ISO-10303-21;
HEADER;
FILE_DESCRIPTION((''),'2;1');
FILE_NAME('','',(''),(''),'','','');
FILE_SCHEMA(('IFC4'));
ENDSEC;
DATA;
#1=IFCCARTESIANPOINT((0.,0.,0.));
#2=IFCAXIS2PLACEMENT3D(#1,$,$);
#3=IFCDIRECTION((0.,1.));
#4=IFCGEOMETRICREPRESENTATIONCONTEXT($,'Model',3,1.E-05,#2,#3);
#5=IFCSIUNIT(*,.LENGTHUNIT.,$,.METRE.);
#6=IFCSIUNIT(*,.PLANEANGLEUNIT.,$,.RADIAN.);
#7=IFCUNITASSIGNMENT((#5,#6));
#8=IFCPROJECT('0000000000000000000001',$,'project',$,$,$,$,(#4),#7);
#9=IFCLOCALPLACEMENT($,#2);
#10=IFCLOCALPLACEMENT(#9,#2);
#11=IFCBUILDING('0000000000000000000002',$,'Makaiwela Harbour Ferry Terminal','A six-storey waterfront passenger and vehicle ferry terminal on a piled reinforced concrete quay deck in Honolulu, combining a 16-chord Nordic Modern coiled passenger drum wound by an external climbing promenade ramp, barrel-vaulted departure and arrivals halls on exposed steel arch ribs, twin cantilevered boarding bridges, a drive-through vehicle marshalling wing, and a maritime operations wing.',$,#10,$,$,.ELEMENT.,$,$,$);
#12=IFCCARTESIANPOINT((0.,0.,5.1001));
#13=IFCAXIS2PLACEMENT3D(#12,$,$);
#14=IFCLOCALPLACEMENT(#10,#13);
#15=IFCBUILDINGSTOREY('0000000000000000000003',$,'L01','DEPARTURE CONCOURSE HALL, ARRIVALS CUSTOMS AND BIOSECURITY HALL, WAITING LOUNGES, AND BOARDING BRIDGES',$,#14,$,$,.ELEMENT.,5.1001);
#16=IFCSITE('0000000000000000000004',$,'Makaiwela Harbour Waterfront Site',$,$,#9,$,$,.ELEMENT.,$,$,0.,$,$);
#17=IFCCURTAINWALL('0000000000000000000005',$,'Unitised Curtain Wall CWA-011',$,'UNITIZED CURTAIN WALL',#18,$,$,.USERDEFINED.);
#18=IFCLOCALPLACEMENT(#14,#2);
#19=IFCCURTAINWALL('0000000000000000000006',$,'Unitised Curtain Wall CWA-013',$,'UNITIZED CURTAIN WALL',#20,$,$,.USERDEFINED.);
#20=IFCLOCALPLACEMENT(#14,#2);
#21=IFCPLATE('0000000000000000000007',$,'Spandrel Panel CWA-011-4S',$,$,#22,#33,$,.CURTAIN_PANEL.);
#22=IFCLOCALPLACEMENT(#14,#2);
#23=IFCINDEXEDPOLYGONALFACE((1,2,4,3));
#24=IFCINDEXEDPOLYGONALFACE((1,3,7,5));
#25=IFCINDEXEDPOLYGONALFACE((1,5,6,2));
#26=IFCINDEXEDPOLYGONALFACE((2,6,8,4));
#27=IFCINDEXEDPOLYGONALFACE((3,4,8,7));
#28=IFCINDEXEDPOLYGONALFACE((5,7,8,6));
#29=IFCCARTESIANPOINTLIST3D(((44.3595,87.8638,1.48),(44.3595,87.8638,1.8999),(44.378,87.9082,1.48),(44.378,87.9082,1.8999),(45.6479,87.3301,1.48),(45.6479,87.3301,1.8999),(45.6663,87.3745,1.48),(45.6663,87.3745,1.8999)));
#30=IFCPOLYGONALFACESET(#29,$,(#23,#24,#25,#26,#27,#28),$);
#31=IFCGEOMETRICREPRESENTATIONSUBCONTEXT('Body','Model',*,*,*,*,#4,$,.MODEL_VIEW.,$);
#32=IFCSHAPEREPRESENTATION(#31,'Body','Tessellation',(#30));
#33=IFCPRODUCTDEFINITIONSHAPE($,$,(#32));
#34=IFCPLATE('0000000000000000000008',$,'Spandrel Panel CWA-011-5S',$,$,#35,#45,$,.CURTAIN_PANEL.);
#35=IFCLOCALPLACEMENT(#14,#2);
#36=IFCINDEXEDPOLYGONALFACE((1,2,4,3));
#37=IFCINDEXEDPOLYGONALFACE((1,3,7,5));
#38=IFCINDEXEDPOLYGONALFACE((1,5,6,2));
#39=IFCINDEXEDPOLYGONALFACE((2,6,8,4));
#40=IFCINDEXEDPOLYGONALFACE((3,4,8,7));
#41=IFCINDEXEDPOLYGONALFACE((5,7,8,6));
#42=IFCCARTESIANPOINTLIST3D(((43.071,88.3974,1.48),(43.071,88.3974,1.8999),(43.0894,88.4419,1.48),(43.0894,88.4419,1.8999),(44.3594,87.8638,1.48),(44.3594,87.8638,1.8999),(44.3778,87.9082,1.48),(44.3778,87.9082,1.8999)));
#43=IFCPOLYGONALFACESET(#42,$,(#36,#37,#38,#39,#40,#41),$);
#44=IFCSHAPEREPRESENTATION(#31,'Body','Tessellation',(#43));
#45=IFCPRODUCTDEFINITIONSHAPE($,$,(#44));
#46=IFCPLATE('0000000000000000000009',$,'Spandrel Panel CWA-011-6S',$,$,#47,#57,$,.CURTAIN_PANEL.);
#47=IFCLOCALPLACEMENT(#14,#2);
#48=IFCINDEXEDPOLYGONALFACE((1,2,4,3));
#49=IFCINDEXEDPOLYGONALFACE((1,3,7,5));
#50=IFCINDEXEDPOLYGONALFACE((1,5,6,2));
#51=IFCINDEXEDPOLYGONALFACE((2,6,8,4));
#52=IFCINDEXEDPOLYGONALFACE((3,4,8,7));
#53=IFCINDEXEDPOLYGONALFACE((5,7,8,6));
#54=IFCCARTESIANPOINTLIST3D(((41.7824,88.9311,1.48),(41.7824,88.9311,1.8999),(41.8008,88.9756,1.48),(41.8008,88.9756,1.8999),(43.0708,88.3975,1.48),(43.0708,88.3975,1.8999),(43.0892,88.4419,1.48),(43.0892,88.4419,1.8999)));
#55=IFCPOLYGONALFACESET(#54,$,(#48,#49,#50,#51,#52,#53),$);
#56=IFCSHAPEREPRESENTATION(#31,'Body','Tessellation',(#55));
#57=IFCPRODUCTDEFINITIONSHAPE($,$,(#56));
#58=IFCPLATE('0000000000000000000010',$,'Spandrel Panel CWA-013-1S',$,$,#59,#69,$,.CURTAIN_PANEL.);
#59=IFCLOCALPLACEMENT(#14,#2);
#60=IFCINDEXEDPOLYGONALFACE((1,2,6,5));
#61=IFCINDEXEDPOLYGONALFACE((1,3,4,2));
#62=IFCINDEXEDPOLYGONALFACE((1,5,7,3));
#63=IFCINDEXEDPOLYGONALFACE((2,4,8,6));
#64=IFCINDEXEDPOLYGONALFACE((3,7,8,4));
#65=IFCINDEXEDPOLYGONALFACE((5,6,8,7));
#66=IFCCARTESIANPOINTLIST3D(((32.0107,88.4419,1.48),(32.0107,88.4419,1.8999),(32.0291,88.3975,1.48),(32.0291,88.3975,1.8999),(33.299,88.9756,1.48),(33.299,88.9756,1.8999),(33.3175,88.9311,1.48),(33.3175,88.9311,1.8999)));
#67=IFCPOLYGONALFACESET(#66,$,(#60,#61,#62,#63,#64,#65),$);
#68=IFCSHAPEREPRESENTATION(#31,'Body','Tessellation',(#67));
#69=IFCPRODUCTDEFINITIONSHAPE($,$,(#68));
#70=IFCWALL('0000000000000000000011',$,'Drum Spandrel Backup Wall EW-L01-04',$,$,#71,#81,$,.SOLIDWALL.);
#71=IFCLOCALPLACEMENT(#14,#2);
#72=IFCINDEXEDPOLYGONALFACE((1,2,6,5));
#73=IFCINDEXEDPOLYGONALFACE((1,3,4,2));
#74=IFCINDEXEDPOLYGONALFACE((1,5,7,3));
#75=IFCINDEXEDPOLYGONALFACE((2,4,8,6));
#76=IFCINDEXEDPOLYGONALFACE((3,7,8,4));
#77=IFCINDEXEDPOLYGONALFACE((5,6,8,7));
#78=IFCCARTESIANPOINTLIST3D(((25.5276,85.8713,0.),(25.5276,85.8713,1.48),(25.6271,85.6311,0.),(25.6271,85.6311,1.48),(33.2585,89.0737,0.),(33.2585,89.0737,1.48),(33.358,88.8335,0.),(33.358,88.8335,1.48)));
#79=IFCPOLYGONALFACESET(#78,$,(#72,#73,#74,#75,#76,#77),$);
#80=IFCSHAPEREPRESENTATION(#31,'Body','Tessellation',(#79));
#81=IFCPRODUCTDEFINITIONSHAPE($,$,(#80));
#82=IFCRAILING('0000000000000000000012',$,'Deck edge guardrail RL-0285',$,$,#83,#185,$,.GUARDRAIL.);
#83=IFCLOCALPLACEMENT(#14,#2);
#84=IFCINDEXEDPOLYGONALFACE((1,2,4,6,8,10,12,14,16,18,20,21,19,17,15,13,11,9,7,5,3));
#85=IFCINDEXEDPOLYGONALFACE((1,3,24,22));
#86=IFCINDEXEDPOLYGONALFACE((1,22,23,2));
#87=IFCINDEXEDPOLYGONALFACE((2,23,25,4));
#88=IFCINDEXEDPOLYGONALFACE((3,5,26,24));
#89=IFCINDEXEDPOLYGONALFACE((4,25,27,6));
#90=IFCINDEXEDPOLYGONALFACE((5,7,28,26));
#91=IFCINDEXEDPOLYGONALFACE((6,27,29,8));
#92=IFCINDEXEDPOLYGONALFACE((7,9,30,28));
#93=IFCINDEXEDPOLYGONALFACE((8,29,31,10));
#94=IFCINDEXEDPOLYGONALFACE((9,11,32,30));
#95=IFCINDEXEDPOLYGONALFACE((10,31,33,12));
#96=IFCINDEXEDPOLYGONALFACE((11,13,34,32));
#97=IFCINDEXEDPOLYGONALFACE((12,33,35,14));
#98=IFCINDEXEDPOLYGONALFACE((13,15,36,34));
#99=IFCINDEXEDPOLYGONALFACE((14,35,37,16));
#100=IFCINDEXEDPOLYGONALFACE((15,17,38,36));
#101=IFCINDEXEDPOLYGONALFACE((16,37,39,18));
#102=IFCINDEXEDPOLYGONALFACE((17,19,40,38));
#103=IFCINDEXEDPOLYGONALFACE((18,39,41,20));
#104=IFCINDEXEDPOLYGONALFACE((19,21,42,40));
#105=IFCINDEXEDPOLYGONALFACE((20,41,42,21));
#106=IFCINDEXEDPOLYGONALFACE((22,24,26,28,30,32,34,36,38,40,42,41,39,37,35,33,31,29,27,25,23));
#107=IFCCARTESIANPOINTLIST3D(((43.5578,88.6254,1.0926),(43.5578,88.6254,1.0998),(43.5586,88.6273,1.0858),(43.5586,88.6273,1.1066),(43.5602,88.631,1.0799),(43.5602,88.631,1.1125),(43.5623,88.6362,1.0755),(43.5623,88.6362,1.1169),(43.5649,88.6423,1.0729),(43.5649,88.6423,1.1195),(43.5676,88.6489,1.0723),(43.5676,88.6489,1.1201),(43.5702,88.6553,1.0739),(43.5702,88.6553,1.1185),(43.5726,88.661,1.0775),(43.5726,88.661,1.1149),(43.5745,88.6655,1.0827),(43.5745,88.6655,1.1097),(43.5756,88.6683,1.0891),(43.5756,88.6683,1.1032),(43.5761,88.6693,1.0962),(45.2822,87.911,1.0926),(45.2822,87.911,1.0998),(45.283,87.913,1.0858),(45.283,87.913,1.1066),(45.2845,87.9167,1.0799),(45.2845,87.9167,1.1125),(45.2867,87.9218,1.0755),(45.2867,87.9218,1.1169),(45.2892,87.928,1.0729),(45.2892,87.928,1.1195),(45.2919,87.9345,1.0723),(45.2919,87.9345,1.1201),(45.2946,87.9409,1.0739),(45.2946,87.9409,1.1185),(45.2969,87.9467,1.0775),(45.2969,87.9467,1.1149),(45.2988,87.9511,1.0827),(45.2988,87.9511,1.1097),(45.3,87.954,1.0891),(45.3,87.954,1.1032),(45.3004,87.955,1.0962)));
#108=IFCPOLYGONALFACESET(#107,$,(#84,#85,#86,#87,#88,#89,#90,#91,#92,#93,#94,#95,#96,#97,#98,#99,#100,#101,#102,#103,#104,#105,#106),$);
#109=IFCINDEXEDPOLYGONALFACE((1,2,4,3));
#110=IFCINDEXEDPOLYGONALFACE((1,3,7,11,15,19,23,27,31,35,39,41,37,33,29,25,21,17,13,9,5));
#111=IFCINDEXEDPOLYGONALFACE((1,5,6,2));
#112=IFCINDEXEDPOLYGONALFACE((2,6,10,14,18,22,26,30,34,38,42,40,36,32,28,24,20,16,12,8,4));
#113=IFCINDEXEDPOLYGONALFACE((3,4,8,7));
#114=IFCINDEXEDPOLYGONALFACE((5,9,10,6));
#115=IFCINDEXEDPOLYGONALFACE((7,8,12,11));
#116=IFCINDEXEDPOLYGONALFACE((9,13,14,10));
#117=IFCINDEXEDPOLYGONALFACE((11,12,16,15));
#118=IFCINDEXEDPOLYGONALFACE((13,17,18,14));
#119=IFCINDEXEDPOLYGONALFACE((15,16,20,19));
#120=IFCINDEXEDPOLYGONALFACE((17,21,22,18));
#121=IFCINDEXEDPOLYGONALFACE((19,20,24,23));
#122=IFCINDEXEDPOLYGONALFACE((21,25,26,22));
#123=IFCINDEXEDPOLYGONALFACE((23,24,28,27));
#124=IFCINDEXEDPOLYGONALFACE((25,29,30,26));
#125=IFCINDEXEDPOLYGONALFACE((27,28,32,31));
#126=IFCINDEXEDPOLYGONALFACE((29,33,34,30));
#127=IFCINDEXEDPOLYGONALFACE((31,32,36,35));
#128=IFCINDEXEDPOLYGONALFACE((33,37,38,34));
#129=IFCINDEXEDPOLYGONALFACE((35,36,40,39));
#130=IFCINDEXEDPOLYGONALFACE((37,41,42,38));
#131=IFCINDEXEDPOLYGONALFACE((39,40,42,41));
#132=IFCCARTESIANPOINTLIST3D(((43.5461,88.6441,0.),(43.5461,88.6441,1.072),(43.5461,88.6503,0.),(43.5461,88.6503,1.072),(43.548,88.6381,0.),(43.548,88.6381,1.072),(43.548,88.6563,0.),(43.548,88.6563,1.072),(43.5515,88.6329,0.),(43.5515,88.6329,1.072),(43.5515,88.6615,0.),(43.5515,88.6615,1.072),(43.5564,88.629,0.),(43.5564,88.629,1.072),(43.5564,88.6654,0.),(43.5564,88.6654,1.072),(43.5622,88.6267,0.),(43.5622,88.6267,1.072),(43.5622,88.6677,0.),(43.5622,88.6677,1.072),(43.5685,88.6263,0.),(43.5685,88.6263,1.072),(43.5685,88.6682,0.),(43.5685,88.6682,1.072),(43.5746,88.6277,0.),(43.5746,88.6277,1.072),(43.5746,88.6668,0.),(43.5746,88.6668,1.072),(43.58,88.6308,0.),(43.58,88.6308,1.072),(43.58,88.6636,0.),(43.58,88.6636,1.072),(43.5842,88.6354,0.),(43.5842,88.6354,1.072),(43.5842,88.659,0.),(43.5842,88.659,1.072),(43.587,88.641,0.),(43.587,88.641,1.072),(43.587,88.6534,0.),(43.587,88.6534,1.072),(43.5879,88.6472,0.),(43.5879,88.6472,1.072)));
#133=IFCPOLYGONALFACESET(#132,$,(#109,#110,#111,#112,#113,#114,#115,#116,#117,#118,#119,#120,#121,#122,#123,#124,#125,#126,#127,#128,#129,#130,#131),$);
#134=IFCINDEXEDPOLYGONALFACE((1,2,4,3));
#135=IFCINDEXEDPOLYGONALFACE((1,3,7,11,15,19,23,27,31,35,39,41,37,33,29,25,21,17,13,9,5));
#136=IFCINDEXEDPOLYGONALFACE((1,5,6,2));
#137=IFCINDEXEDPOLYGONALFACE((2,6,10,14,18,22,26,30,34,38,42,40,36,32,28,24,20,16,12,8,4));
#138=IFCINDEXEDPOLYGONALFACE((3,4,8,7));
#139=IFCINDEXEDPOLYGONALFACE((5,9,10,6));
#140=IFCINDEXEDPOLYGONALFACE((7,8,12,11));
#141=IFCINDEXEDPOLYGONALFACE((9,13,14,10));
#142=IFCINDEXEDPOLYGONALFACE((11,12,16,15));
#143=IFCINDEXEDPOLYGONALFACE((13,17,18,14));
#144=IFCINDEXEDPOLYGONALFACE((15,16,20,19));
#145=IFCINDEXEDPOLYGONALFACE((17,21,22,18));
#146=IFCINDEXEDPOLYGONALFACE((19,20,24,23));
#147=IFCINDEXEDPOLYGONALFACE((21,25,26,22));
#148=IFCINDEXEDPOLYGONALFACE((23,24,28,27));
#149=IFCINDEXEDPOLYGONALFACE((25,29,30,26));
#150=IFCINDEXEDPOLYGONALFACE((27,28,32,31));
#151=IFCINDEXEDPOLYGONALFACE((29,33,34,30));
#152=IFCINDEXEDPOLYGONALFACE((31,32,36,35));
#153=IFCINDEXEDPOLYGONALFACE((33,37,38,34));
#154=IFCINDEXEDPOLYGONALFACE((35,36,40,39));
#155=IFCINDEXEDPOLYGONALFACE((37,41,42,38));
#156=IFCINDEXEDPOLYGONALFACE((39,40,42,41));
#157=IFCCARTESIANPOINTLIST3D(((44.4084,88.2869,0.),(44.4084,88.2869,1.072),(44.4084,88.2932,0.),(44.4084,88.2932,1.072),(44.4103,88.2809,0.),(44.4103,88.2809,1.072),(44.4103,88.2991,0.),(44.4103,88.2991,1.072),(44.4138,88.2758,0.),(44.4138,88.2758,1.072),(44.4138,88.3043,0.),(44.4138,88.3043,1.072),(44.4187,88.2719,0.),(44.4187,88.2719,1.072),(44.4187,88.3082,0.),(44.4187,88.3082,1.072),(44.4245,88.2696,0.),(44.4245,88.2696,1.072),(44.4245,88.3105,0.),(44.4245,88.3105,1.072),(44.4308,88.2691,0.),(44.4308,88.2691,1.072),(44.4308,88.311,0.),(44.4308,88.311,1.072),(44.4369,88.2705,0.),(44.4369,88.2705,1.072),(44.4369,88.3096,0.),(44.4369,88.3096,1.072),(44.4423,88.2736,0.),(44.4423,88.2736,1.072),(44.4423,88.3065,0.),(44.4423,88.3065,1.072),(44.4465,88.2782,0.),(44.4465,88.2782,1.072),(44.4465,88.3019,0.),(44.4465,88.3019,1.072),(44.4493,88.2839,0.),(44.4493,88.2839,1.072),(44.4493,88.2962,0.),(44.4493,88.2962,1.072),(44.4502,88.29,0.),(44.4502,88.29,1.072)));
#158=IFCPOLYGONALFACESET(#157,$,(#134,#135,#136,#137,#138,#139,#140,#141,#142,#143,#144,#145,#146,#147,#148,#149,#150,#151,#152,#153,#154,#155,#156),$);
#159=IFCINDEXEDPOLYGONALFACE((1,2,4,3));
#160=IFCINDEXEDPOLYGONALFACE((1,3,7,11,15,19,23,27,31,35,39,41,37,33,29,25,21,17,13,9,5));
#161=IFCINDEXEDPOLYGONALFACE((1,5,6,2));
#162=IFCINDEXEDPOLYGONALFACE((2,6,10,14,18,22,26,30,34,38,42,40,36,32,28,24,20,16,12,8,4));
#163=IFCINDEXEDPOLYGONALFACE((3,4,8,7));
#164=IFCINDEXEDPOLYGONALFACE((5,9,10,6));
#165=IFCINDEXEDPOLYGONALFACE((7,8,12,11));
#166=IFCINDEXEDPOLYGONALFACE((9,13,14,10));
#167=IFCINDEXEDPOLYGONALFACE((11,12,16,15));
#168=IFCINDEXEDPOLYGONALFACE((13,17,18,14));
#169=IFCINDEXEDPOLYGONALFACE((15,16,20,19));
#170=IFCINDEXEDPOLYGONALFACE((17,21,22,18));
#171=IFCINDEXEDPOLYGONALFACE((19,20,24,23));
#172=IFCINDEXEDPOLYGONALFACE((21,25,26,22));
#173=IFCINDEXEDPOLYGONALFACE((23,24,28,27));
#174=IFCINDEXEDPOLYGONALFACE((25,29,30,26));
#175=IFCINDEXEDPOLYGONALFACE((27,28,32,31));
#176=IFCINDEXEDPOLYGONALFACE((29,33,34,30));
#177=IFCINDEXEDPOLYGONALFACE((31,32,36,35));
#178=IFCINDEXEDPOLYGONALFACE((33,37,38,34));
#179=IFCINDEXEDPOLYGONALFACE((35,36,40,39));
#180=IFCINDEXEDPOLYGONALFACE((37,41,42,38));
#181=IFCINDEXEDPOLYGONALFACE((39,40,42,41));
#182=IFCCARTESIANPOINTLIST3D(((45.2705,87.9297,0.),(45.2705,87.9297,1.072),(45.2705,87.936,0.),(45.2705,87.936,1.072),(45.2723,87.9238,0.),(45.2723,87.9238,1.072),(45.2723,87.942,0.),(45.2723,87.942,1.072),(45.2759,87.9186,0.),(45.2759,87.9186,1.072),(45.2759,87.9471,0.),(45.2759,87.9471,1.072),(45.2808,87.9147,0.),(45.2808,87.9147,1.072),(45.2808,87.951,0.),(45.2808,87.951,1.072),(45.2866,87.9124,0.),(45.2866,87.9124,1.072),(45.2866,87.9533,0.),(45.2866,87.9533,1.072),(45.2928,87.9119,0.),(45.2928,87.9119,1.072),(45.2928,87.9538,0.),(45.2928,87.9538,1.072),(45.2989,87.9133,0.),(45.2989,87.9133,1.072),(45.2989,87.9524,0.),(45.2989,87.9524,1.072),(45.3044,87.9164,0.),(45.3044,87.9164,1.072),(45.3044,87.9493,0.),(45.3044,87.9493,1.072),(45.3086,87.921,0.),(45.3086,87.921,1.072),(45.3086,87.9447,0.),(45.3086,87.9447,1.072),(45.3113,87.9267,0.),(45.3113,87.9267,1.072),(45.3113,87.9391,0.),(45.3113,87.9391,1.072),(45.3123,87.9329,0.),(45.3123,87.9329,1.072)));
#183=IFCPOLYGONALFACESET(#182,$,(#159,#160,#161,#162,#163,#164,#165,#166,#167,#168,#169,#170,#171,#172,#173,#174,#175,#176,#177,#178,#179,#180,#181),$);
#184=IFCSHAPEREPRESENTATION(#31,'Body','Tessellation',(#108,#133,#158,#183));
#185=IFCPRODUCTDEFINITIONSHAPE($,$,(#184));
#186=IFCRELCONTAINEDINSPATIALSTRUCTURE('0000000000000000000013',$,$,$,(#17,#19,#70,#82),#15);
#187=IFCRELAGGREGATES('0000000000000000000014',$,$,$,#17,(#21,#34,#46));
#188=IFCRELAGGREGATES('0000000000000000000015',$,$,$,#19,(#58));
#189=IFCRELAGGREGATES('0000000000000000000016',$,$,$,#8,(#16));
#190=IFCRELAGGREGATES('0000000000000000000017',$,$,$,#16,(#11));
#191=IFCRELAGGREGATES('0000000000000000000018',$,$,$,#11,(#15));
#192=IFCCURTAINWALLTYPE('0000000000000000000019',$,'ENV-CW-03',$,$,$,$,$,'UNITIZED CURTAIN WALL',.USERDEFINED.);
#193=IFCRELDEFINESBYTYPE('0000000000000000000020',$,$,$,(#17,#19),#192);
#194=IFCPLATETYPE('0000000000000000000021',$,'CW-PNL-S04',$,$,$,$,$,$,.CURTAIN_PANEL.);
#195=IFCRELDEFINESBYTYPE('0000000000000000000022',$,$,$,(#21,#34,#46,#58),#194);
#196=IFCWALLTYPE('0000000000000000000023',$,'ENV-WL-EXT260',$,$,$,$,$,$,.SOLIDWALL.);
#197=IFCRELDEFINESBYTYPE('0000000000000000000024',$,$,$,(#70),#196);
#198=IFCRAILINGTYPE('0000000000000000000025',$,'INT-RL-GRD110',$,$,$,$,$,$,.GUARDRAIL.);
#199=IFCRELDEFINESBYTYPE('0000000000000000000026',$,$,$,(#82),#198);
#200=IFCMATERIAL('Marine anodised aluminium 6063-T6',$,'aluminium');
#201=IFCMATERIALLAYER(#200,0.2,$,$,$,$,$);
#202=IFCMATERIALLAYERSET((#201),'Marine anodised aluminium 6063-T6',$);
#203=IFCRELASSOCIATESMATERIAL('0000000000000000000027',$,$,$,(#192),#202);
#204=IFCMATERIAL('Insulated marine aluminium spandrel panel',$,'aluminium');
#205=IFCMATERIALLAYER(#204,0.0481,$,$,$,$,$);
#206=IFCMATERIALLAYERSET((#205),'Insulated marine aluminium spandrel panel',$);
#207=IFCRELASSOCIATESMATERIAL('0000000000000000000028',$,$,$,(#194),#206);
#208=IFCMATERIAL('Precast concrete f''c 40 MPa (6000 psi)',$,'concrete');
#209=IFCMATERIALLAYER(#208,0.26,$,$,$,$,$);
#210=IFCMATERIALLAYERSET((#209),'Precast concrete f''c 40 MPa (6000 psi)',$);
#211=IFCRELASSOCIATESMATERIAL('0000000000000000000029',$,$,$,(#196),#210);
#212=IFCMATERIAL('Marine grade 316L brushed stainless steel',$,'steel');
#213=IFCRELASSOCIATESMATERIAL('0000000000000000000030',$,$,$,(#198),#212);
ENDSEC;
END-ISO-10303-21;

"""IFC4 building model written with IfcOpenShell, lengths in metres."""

from ifc_helpers import new_model, si_unit, direction, frame, frame_2d, origin, origin_2d, place, context, subcontext, project, spatial, rectangle, circle, extrude, material, layer, layer_set, type_object, element, aggregate, save


model = new_model("IFC4")

# Units and contexts
model_context = context("Model", 3, precision=1e-05, world=origin(), true_north=direction((0.0, 1.0)))
body_context = subcontext(model_context, "Body", "Model", "MODEL_VIEW")
ifc_project = project(units=[si_unit("LENGTHUNIT", "METRE"), si_unit("PLANEANGLEUNIT", "RADIAN")], contexts=[model_context])

# Site, building, storey
site_placement = place(None, origin())
site = spatial("IfcSite", under=ifc_project, at=site_placement, Name="Makaiwela Harbour Waterfront Site", CompositionType="ELEMENT", RefElevation=0.0)
building_placement = place(site_placement, origin())
building = spatial("IfcBuilding", under=site, at=building_placement, Name="Makaiwela Harbour Ferry Terminal", Description="A six-storey waterfront passenger and vehicle ferry terminal on a piled reinforced concrete quay deck in Honolulu, combining a 16-chord Nordic Modern coiled passenger drum wound by an external climbing promenade ramp, barrel-vaulted departure and arrivals halls on exposed steel arch ribs, twin cantilevered boarding bridges, a drive-through vehicle marshalling wing, and a maritime operations wing.", CompositionType="ELEMENT")
storey_placement = place(building_placement, frame((0.0, 0.0, 5.1001)))
storey = spatial("IfcBuildingStorey", under=building, at=storey_placement, Name="L01", Description="DEPARTURE CONCOURSE HALL, ARRIVALS CUSTOMS AND BIOSECURITY HALL, WAITING LOUNGES, AND BOARDING BRIDGES", CompositionType="ELEMENT", Elevation=5.1001)

# Curtain wall
ifc_material_1 = material(Name="Marine anodised aluminium 6063-T6", Category="aluminium")
ifc_layer_1 = layer(ifc_material_1, 0.2)
ifc_layer_set_1 = layer_set([ifc_layer_1], Name="Marine anodised aluminium 6063-T6")
curtain_wall_type = type_object("IfcCurtainWallType", Name="ENV-CW-03", ElementType="UNITIZED CURTAIN WALL", PredefinedType="USERDEFINED", material=ifc_layer_set_1)
curtain_wall_1_placement = place(storey_placement, origin())
curtain_wall_1 = element("IfcCurtainWall", 1, at=curtain_wall_1_placement, inside=storey, type_object=curtain_wall_type, Name="Unitised Curtain Wall CWA-011", ObjectType="UNITIZED CURTAIN WALL", PredefinedType="USERDEFINED")

# Curtain wall
curtain_wall_2_placement = place(storey_placement, origin())
curtain_wall_2 = element("IfcCurtainWall", 2, at=curtain_wall_2_placement, inside=storey, type_object=curtain_wall_type, Name="Unitised Curtain Wall CWA-013", ObjectType="UNITIZED CURTAIN WALL", PredefinedType="USERDEFINED")

# Plates
ifc_material_2 = material(Name="Insulated marine aluminium spandrel panel", Category="aluminium")
ifc_layer_2 = layer(ifc_material_2, 0.0481)
ifc_layer_set_2 = layer_set([ifc_layer_2], Name="Insulated marine aluminium spandrel panel")
plate_type_1 = type_object("IfcPlateType", Name="CW-PNL-S04", PredefinedType="CURTAIN_PANEL", material=ifc_layer_set_2)
plate_1_placement = place(storey_placement, frame((45.0129, 87.6191, 1.48), z_axis=(0.0, 0.0, 1.0), x_axis=(-0.92388, 0.382683, 0.0)))
plate_1 = element("IfcPlate", 3, at=plate_1_placement, type_object=plate_type_1, Name="Spandrel Panel CWA-011-4S", PredefinedType="CURTAIN_PANEL", context=body_context, shape_type="SweptSolid", body=[
    extrude(rectangle(XDim=1.3945, YDim=0.0481, at=origin_2d()), origin(), (0.0, 0.0, 1.0), 0.4199),
])
plate_2_placement = place(storey_placement, frame((43.7244, 88.1528, 1.48), z_axis=(0.0, 0.0, 1.0), x_axis=(-0.92388, 0.382683, 0.0)))
plate_2 = element("IfcPlate", 4, at=plate_2_placement, type_object=plate_type_1, Name="Spandrel Panel CWA-011-5S", PredefinedType="CURTAIN_PANEL", context=body_context, shape_type="SweptSolid", body=[
    extrude(rectangle(XDim=1.3945, YDim=0.0481, at=origin_2d()), origin(), (0.0, 0.0, 1.0), 0.4199),
])
plate_3_placement = place(storey_placement, frame((42.4358, 88.6865, 1.48), z_axis=(0.0, 0.0, 1.0), x_axis=(-0.92388, 0.382683, 0.0)))
plate_3 = element("IfcPlate", 5, at=plate_3_placement, type_object=plate_type_1, Name="Spandrel Panel CWA-011-6S", PredefinedType="CURTAIN_PANEL", context=body_context, shape_type="SweptSolid", body=[
    extrude(rectangle(XDim=1.3945, YDim=0.0481, at=origin_2d()), origin(), (0.0, 0.0, 1.0), 0.4199),
])
aggregate(curtain_wall_1, [plate_1, plate_2, plate_3])
plate_4_placement = place(storey_placement, frame((32.6641, 88.6865, 1.48), z_axis=(0.0, 0.0, 1.0), x_axis=(-0.92388, -0.382683, 0.0)))
plate_4 = element("IfcPlate", 6, at=plate_4_placement, type_object=plate_type_1, Name="Spandrel Panel CWA-013-1S", PredefinedType="CURTAIN_PANEL", context=body_context, shape_type="SweptSolid", body=[
    extrude(rectangle(XDim=1.3945, YDim=0.0481, at=origin_2d()), origin(), (0.0, 0.0, 1.0), 0.4199),
])
aggregate(curtain_wall_2, [plate_4])

# Wall
ifc_material_3 = material(Name="Precast concrete f'c 40 MPa (6000 psi)", Category="concrete")
ifc_layer_3 = layer(ifc_material_3, 0.26)
ifc_layer_set_3 = layer_set([ifc_layer_3], Name="Precast concrete f'c 40 MPa (6000 psi)")
wall_type = type_object("IfcWallType", Name="ENV-WL-EXT260", PredefinedType="SOLIDWALL", material=ifc_layer_set_3)
wall_placement = place(storey_placement, frame((33.3083, 88.9536, 0.0), z_axis=(0.0, 0.0, 1.0), x_axis=(-0.923874, -0.382696, 0.0)))
element("IfcWall", 7, at=wall_placement, inside=storey, type_object=wall_type, Name="Drum Spandrel Backup Wall EW-L01-04", PredefinedType="SOLIDWALL", context=body_context, shape_type="SweptSolid", body=[
    extrude(rectangle(XDim=8.3679, YDim=0.26, at=frame_2d((4.1841, 0.0))), origin(), (0.0, 0.0, 1.0), 1.48),
])

# Railing
ifc_material_4 = material(Name="Marine grade 316L brushed stainless steel", Category="steel")
railing_type = type_object("IfcRailingType", Name="INT-RL-GRD110", PredefinedType="GUARDRAIL", material=ifc_material_4)
railing_placement = place(storey_placement, frame((43.5669, 88.6472, 0.0)))
element("IfcRailing", 8, at=railing_placement, inside=storey, type_object=railing_type, Name="Deck edge guardrail RL-0285", PredefinedType="GUARDRAIL", context=body_context, shape_type="SweptSolid", body=[
    extrude(circle(Radius=0.0239, at=origin_2d()), frame((0.0, 0.0, 1.0962), z_axis=(0.923861, -0.382729, 0.0), x_axis=(0.382729, 0.923861, 0.0)), (0.0, 0.0, 1.0), 1.8665),
    extrude(circle(Radius=0.021, at=origin_2d()), origin(), (0.0, 0.0, 1.0), 1.072),
    extrude(circle(Radius=0.021, at=origin_2d()), frame((0.8623, -0.3572, 0.0)), (0.0, 0.0, 1.0), 1.072),
    extrude(circle(Radius=0.021, at=origin_2d()), frame((1.7244, -0.7144, 0.0)), (0.0, 0.0, 1.0), 1.072),
])

save(model, "model.ifc")
